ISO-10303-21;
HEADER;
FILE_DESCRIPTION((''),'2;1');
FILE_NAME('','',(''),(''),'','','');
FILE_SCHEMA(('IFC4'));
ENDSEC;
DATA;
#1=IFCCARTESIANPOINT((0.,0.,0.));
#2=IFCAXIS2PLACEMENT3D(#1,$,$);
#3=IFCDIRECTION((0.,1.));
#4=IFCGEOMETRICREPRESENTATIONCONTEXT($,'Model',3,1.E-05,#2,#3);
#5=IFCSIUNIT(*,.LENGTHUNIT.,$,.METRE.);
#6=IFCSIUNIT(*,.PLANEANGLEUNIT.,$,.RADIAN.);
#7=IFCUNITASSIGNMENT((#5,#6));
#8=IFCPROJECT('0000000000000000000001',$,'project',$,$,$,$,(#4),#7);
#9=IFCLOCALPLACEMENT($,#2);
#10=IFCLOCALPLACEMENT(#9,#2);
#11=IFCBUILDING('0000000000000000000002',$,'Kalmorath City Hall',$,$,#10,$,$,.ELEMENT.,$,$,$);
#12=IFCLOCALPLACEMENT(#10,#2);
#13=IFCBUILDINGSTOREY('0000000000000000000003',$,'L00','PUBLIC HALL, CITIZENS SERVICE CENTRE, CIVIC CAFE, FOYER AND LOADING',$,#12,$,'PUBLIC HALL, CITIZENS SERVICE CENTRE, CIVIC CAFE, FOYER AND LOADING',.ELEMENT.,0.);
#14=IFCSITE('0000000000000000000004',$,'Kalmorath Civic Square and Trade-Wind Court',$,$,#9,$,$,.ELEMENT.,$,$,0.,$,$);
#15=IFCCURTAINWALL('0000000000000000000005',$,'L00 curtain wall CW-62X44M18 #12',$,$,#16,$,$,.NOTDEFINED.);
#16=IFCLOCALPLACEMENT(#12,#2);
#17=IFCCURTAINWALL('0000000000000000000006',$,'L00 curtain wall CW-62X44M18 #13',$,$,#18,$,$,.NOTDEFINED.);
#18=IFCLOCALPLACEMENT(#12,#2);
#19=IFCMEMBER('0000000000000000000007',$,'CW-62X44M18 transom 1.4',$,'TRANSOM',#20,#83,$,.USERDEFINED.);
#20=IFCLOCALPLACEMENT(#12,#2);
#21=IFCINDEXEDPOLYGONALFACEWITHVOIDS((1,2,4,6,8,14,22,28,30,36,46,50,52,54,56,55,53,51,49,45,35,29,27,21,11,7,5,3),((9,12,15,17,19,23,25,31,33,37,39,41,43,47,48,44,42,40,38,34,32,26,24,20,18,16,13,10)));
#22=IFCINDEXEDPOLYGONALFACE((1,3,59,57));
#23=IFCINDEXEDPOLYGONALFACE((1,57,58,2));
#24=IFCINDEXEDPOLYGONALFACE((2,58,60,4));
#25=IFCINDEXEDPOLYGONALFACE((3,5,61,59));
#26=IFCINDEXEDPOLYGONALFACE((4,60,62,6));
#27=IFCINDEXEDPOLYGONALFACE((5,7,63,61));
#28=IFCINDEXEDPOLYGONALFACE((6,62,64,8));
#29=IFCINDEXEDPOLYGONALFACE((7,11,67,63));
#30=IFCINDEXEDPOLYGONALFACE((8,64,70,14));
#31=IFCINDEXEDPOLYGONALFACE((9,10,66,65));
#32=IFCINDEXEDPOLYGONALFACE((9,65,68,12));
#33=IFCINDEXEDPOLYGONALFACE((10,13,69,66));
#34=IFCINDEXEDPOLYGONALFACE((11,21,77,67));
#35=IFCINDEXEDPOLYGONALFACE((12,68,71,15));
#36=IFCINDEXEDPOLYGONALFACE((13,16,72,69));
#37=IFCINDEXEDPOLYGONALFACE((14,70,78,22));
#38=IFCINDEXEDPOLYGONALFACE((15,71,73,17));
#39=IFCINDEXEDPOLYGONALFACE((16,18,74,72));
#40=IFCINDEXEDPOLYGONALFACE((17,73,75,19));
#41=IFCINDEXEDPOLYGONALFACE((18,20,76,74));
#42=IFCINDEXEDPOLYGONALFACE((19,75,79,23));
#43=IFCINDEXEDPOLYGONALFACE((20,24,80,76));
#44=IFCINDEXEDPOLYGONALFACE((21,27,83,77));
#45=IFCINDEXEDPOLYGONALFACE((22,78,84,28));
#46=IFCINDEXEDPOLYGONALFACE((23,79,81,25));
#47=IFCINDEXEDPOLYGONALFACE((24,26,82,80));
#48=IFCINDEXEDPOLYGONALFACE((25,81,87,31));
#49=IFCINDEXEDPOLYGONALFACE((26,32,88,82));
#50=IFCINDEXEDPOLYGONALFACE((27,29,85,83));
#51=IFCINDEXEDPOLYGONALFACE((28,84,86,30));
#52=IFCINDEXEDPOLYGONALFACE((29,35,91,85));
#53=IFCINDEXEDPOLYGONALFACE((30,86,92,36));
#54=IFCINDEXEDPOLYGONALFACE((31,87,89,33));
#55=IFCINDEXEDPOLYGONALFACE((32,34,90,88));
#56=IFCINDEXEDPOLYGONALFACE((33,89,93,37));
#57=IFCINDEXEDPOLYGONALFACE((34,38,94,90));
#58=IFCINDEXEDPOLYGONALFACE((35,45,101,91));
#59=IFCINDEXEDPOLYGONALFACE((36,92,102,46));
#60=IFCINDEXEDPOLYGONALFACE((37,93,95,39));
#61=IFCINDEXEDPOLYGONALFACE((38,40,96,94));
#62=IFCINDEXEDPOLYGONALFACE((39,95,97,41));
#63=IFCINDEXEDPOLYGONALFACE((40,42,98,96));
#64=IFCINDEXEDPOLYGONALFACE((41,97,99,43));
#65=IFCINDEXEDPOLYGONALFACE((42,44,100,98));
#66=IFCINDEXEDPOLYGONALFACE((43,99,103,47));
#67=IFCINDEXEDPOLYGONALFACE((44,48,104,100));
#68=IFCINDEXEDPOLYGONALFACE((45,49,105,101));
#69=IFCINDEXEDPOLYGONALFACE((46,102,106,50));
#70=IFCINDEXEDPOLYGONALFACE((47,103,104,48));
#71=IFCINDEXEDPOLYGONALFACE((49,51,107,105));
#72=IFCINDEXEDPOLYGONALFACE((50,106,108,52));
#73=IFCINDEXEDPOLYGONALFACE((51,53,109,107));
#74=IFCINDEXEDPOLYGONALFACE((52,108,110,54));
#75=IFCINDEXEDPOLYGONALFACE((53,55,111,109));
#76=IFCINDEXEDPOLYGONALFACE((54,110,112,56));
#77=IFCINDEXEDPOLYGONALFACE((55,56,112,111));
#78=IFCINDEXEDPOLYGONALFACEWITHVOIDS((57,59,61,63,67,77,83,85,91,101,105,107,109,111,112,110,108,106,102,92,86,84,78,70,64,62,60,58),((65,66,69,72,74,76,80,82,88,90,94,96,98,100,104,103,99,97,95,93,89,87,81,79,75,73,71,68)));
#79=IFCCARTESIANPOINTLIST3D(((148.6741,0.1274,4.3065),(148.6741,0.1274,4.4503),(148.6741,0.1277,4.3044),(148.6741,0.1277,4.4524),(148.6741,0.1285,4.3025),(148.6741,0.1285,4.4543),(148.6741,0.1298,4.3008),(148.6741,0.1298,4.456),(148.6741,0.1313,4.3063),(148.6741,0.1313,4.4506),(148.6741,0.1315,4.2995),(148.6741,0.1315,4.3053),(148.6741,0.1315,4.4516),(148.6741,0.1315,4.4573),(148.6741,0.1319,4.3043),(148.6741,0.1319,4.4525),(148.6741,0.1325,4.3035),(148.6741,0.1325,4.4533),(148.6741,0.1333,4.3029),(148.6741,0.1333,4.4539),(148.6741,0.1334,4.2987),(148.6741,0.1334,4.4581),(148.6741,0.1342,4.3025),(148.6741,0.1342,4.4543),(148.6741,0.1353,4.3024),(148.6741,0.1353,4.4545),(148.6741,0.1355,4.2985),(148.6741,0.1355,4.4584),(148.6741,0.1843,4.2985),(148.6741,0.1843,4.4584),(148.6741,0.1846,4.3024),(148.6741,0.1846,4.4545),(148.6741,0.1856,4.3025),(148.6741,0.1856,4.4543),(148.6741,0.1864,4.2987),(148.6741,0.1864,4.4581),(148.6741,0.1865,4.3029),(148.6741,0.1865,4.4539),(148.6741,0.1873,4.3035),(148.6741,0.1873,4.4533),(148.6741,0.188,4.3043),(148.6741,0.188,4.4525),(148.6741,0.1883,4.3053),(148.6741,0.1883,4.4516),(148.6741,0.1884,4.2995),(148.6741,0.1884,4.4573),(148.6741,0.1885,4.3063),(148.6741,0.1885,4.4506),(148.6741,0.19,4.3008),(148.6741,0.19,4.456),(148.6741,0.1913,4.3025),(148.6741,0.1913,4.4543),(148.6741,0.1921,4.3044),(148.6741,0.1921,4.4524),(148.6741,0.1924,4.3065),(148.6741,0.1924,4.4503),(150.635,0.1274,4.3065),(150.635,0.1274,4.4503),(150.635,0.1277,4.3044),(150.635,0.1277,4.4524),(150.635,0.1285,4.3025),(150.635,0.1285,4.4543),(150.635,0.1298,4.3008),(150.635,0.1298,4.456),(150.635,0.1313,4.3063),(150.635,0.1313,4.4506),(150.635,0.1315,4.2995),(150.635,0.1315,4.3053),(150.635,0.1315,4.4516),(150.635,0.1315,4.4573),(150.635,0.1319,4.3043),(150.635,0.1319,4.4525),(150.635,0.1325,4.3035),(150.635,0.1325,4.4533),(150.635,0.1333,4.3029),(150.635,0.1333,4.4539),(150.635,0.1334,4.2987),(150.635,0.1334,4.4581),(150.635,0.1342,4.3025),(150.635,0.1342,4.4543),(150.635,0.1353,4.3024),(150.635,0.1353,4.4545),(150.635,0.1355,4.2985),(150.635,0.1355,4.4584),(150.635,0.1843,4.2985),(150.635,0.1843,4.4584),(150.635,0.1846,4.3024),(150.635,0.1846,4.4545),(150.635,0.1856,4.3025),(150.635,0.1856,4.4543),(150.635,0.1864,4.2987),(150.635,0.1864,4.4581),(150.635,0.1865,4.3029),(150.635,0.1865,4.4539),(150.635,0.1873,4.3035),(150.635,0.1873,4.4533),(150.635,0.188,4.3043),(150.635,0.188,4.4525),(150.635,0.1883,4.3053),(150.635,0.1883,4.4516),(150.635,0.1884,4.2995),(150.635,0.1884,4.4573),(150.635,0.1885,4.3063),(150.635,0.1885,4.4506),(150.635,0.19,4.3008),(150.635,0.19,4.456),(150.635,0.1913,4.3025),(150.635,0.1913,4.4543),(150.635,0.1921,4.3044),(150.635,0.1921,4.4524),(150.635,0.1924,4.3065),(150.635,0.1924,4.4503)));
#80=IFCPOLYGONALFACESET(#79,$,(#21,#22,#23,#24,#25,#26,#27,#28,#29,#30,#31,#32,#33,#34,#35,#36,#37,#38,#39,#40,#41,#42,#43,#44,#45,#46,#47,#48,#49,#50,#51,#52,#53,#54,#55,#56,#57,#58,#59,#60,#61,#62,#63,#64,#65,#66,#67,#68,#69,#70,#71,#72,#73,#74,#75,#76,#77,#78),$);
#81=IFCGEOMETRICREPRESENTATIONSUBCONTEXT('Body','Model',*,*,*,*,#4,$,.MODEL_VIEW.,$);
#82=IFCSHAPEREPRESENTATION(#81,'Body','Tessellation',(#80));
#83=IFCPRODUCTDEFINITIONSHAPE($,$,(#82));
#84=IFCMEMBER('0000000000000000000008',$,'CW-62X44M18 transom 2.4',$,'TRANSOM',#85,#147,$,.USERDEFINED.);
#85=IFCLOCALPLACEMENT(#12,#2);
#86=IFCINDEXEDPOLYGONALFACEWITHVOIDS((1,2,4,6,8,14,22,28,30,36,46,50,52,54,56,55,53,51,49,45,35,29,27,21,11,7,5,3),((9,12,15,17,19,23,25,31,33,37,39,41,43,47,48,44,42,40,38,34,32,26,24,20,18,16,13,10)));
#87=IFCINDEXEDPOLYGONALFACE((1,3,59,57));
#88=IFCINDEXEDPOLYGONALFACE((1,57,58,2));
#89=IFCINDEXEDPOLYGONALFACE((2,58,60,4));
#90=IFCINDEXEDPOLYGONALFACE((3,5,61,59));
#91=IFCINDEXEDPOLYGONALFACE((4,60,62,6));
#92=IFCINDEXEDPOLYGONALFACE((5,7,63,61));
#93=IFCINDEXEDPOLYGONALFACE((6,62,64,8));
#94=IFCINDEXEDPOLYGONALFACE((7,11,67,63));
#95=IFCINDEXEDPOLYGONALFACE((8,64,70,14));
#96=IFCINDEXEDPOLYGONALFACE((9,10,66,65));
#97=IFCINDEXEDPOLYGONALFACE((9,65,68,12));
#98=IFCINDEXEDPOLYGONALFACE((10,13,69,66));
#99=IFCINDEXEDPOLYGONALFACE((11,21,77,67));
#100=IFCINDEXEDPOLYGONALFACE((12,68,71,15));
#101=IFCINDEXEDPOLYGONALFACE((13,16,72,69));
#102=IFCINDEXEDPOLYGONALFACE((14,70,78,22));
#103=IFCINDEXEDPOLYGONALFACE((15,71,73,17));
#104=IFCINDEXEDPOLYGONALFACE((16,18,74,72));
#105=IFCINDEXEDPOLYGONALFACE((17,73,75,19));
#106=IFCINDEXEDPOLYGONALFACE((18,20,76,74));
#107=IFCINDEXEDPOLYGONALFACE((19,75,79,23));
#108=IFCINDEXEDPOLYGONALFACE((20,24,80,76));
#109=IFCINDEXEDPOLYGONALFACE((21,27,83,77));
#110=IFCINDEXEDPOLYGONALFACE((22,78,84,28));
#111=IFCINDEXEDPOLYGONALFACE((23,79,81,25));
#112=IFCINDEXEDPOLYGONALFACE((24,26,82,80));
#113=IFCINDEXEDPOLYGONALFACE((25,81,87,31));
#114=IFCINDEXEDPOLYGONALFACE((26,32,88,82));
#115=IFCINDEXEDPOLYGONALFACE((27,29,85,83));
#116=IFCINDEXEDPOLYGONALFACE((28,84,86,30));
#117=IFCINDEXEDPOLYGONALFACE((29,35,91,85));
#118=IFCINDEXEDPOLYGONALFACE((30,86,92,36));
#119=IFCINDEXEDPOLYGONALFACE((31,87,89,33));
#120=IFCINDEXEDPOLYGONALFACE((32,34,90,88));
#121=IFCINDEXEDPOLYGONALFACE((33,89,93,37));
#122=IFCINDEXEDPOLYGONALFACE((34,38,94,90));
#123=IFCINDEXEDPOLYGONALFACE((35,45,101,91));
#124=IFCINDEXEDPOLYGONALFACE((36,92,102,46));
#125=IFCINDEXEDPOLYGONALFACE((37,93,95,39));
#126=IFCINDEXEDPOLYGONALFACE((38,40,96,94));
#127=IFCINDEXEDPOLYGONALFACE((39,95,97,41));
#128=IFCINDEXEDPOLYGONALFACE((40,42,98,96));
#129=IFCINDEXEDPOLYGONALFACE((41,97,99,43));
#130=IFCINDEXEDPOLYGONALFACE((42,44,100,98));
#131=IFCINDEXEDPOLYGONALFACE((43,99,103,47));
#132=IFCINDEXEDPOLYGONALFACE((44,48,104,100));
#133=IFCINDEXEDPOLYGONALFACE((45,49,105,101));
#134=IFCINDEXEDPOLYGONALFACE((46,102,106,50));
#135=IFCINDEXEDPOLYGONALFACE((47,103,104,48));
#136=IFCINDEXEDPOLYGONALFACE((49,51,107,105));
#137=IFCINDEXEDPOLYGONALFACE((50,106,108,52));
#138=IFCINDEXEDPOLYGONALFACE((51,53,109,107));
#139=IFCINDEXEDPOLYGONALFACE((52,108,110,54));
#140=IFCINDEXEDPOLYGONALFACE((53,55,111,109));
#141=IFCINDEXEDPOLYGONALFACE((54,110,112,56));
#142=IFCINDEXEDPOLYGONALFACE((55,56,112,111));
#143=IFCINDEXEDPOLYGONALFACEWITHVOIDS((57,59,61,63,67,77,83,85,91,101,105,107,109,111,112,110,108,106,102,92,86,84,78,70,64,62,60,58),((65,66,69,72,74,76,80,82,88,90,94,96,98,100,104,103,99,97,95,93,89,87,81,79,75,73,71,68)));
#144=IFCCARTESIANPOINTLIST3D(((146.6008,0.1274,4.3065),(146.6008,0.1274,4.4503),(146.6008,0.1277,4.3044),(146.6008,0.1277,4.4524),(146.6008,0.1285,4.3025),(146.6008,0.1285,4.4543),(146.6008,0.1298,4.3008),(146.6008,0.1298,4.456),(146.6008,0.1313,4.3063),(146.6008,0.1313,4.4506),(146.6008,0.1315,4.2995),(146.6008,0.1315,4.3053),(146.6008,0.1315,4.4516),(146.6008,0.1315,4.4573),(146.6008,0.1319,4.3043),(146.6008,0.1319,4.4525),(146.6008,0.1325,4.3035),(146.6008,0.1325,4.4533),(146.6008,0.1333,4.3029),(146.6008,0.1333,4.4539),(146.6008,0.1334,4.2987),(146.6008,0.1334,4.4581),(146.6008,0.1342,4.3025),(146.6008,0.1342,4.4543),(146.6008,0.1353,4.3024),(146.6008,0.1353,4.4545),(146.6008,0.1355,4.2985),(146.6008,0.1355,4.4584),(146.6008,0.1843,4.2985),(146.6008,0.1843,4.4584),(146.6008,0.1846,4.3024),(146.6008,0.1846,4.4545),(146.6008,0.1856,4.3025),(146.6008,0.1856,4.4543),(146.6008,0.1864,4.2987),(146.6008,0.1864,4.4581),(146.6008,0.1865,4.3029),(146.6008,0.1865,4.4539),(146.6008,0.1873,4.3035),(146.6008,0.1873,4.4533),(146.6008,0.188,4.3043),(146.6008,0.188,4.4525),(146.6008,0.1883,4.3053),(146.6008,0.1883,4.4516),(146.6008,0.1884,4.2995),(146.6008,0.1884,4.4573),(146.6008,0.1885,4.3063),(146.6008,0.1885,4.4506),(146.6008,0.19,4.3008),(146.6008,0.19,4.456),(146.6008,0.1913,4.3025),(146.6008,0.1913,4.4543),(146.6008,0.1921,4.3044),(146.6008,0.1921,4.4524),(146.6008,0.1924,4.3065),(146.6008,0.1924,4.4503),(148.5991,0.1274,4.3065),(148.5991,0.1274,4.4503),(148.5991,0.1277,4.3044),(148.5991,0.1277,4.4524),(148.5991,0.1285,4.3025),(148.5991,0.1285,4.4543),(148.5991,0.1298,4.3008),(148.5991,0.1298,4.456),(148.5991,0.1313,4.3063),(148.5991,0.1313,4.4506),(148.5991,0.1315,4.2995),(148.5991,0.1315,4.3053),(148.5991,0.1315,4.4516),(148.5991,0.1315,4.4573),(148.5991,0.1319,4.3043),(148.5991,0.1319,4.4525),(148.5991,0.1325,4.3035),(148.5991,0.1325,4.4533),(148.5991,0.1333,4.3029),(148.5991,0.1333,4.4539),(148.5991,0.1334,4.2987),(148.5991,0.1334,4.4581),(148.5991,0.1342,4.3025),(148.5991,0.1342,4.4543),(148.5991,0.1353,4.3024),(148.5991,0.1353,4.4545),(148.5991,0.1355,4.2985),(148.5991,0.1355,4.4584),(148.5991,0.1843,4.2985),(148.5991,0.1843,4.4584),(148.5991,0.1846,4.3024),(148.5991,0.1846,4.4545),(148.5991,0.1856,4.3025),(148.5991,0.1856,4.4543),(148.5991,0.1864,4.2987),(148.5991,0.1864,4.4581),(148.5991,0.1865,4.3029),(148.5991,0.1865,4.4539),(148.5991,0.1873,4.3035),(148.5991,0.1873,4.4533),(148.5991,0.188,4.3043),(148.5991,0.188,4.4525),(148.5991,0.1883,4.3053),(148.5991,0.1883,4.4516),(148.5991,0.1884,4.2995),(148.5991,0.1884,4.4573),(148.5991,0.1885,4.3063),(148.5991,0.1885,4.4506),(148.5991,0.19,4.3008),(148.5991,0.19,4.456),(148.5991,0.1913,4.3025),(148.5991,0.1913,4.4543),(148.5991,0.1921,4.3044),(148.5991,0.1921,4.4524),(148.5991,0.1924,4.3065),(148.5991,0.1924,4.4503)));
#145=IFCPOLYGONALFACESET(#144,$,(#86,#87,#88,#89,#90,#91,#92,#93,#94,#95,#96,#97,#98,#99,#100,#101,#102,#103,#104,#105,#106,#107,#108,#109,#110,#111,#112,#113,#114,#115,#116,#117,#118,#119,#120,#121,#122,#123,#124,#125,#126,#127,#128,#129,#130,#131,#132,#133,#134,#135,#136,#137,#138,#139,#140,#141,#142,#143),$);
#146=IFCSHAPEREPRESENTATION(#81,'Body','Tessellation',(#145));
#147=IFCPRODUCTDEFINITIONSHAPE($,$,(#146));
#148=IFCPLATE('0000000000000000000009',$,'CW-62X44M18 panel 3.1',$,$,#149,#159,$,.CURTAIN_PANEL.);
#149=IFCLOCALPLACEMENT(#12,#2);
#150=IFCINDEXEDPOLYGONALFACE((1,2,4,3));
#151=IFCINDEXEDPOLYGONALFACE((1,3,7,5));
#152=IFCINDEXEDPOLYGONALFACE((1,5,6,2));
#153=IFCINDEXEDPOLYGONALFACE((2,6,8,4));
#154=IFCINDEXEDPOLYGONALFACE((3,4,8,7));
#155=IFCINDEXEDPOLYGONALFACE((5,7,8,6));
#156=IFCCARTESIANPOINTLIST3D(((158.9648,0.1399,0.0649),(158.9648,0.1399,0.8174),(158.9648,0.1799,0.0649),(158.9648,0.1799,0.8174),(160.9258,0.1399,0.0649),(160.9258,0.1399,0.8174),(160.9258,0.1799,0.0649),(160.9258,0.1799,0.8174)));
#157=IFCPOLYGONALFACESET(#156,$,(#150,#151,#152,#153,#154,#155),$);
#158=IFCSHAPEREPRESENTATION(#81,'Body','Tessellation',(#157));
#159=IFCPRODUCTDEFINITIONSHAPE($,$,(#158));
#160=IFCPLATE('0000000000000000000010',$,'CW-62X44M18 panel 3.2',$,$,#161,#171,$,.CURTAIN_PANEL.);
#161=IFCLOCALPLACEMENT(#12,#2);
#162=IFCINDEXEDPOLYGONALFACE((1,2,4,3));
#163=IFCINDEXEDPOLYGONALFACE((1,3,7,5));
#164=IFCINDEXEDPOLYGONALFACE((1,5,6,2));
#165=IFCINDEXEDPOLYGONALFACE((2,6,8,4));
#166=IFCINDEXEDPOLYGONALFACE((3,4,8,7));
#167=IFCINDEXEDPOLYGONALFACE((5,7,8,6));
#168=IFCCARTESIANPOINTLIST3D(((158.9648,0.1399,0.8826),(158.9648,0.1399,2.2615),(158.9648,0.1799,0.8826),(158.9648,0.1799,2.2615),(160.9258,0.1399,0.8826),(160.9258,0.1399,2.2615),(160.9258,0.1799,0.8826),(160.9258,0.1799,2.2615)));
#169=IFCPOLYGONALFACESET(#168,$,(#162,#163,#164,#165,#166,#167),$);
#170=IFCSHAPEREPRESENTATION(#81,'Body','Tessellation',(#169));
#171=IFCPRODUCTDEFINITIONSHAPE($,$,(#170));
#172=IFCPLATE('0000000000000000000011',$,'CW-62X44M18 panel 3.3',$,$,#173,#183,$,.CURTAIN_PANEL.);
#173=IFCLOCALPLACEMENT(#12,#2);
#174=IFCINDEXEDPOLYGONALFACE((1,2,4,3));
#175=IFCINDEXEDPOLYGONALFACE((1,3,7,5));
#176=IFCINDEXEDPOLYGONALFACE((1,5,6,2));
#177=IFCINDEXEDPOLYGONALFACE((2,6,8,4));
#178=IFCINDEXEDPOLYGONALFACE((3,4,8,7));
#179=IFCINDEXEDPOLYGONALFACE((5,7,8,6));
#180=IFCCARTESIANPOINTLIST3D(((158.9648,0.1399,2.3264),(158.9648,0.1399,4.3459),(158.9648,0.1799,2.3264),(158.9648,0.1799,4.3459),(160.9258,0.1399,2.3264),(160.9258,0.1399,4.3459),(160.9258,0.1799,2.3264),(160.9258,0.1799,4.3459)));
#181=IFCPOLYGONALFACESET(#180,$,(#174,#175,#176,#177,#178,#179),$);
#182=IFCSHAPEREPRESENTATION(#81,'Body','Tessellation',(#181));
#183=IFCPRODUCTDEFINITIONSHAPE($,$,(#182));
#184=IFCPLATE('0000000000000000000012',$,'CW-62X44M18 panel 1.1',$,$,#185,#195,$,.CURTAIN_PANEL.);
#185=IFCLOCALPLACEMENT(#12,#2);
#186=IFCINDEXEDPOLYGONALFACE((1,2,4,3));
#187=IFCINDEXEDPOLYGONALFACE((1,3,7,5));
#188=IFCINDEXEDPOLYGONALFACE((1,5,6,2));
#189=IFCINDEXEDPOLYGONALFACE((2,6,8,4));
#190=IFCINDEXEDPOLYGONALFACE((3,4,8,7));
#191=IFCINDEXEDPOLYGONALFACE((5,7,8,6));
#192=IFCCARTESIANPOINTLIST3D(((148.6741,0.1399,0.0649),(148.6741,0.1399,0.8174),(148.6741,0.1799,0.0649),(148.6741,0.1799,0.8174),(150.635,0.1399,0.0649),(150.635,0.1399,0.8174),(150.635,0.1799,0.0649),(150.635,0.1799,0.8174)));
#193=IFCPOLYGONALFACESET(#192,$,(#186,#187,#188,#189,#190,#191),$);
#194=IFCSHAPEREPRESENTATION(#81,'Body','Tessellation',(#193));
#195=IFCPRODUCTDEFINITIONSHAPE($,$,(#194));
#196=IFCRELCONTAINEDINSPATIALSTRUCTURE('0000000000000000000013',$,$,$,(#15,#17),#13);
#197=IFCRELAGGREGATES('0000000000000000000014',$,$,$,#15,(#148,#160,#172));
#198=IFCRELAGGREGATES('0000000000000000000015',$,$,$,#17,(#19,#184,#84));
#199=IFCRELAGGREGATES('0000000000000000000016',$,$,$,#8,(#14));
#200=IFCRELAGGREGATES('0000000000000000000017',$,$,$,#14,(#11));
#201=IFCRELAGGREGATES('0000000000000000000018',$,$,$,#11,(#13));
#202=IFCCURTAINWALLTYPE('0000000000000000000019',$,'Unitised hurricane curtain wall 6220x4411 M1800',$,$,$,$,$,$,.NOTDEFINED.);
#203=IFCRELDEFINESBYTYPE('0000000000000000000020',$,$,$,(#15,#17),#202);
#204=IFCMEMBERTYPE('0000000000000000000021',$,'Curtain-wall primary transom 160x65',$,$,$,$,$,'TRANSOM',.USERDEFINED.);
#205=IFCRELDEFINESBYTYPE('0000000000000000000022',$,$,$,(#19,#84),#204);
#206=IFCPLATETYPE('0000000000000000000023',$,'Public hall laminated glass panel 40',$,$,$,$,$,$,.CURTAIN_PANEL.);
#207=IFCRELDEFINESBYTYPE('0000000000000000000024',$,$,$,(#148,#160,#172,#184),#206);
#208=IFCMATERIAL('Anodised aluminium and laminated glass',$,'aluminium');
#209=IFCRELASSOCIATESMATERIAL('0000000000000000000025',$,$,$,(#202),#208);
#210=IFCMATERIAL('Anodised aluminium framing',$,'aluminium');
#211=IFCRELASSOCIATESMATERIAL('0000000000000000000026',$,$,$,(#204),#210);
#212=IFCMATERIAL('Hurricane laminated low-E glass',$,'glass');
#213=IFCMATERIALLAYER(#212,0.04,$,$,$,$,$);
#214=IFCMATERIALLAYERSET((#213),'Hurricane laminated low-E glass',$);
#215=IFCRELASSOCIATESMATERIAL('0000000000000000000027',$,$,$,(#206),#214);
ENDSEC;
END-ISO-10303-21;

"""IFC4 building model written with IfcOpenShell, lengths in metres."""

from ifc_helpers import new_model, si_unit, direction, frame, origin, origin_2d, place, context, subcontext, project, spatial, rectangle, hollow_rectangle, extrude, material, layer, layer_set, material_profile, profile_set, type_object, element, aggregate, save


model = new_model("IFC4")

# Units and contexts
model_context = context("Model", 3, precision=1e-05, world=origin(), true_north=direction((0.0, 1.0)))
body_context = subcontext(model_context, "Body", "Model", "MODEL_VIEW")
ifc_project = project(units=[si_unit("LENGTHUNIT", "METRE"), si_unit("PLANEANGLEUNIT", "RADIAN")], contexts=[model_context])

# Site, building, storey
site_placement = place(None, origin())
site = spatial("IfcSite", under=ifc_project, at=site_placement, Name="Kalmorath Civic Square and Trade-Wind Court", CompositionType="ELEMENT", RefElevation=0.0)
building_placement = place(site_placement, origin())
building = spatial("IfcBuilding", under=site, at=building_placement, Name="Kalmorath City Hall", CompositionType="ELEMENT")
storey_placement = place(building_placement, origin())
storey = spatial("IfcBuildingStorey", under=building, at=storey_placement, Name="L00", Description="PUBLIC HALL, CITIZENS SERVICE CENTRE, CIVIC CAFE, FOYER AND LOADING", LongName="PUBLIC HALL, CITIZENS SERVICE CENTRE, CIVIC CAFE, FOYER AND LOADING", CompositionType="ELEMENT", Elevation=0.0)

# Curtain wall
ifc_material_1 = material(Name="Anodised aluminium and laminated glass", Category="aluminium")
curtain_wall_type = type_object("IfcCurtainWallType", Name="Unitised hurricane curtain wall 6220x4411 M1800", PredefinedType="NOTDEFINED", material=ifc_material_1)
curtain_wall_1_placement = place(storey_placement, origin())
curtain_wall_1 = element("IfcCurtainWall", 1, at=curtain_wall_1_placement, inside=storey, type_object=curtain_wall_type, Name="L00 curtain wall CW-62X44M18 #12", PredefinedType="NOTDEFINED")

# Curtain wall
curtain_wall_2_placement = place(storey_placement, origin())
curtain_wall_2 = element("IfcCurtainWall", 2, at=curtain_wall_2_placement, inside=storey, type_object=curtain_wall_type, Name="L00 curtain wall CW-62X44M18 #13", PredefinedType="NOTDEFINED")

# Members
ifc_material_2 = material(Name="Anodised aluminium framing", Category="aluminium")
ifc_material_profile_1 = material_profile(ifc_material_2, hollow_rectangle(XDim=0.0649, YDim=0.1599, WallThickness=0.0039, InnerFilletRadius=0.0039, OuterFilletRadius=0.0081, at=origin_2d()), Name="ALU-TRN-160X65X4")
ifc_profile_set_1 = profile_set([ifc_material_profile_1], Name="Anodised aluminium framing")
member_type_1 = type_object("IfcMemberType", Name="Curtain-wall primary transom 160x65", ElementType="TRANSOM", PredefinedType="USERDEFINED", material=ifc_profile_set_1)
member_1_placement = place(storey_placement, frame((150.635, 0.1599, 4.3784), z_axis=(-1.0, 0.0, 0.0), x_axis=(0.0, -1.0, 0.0)))
member_1 = element("IfcMember", 3, at=member_1_placement, type_object=member_type_1, Name="CW-62X44M18 transom 1.4", ObjectType="TRANSOM", PredefinedType="USERDEFINED", context=body_context, shape_type="SweptSolid", body=[
    extrude(hollow_rectangle(XDim=0.0649, YDim=0.1599, WallThickness=0.0039, InnerFilletRadius=0.0039, OuterFilletRadius=0.0081, at=origin_2d()), origin(), (0.0, 0.0, 1.0), 1.9609),
])
member_2_placement = place(storey_placement, frame((148.5991, 0.1599, 4.3784), z_axis=(-1.0, 0.0, 0.0), x_axis=(0.0, -1.0, 0.0)))
member_2 = element("IfcMember", 4, at=member_2_placement, type_object=member_type_1, Name="CW-62X44M18 transom 2.4", ObjectType="TRANSOM", PredefinedType="USERDEFINED", context=body_context, shape_type="SweptSolid", body=[
    extrude(hollow_rectangle(XDim=0.0649, YDim=0.1599, WallThickness=0.0039, InnerFilletRadius=0.0039, OuterFilletRadius=0.0081, at=origin_2d()), origin(), (0.0, 0.0, 1.0), 1.9983),
])

# Plates
ifc_material_3 = material(Name="Hurricane laminated low-E glass", Category="glass")
ifc_layer_1 = layer(ifc_material_3, 0.04)
ifc_layer_set_1 = layer_set([ifc_layer_1], Name="Hurricane laminated low-E glass")
plate_type = type_object("IfcPlateType", Name="Public hall laminated glass panel 40", PredefinedType="CURTAIN_PANEL", material=ifc_layer_set_1)
plate_1_placement = place(storey_placement, frame((159.9453, 0.1599, 0.0649), z_axis=(0.0, 0.0, 1.0), x_axis=(-1.0, 0.0, 0.0)))
plate_1 = element("IfcPlate", 5, at=plate_1_placement, type_object=plate_type, Name="CW-62X44M18 panel 3.1", PredefinedType="CURTAIN_PANEL", context=body_context, shape_type="SweptSolid", body=[
    extrude(rectangle(XDim=1.9609, YDim=0.04, at=origin_2d()), origin(), (0.0, 0.0, 1.0), 0.7524),
])
plate_2_placement = place(storey_placement, frame((159.9453, 0.1599, 0.8826), z_axis=(0.0, 0.0, 1.0), x_axis=(-1.0, 0.0, 0.0)))
plate_2 = element("IfcPlate", 6, at=plate_2_placement, type_object=plate_type, Name="CW-62X44M18 panel 3.2", PredefinedType="CURTAIN_PANEL", context=body_context, shape_type="SweptSolid", body=[
    extrude(rectangle(XDim=1.9609, YDim=0.04, at=origin_2d()), origin(), (0.0, 0.0, 1.0), 1.3789),
])
plate_3_placement = place(storey_placement, frame((159.9453, 0.1599, 2.3264), z_axis=(0.0, 0.0, 1.0), x_axis=(-1.0, 0.0, 0.0)))
plate_3 = element("IfcPlate", 7, at=plate_3_placement, type_object=plate_type, Name="CW-62X44M18 panel 3.3", PredefinedType="CURTAIN_PANEL", context=body_context, shape_type="SweptSolid", body=[
    extrude(rectangle(XDim=1.9609, YDim=0.04, at=origin_2d()), origin(), (0.0, 0.0, 1.0), 2.0195),
])
aggregate(curtain_wall_1, [plate_1, plate_2, plate_3])
plate_4_placement = place(storey_placement, frame((149.6545, 0.1599, 0.0649), z_axis=(0.0, 0.0, 1.0), x_axis=(-1.0, 0.0, 0.0)))
plate_4 = element("IfcPlate", 8, at=plate_4_placement, type_object=plate_type, Name="CW-62X44M18 panel 1.1", PredefinedType="CURTAIN_PANEL", context=body_context, shape_type="SweptSolid", body=[
    extrude(rectangle(XDim=1.9609, YDim=0.04, at=origin_2d()), origin(), (0.0, 0.0, 1.0), 0.7524),
])
aggregate(curtain_wall_2, [member_1, plate_4, member_2])

save(model, "model.ifc")
